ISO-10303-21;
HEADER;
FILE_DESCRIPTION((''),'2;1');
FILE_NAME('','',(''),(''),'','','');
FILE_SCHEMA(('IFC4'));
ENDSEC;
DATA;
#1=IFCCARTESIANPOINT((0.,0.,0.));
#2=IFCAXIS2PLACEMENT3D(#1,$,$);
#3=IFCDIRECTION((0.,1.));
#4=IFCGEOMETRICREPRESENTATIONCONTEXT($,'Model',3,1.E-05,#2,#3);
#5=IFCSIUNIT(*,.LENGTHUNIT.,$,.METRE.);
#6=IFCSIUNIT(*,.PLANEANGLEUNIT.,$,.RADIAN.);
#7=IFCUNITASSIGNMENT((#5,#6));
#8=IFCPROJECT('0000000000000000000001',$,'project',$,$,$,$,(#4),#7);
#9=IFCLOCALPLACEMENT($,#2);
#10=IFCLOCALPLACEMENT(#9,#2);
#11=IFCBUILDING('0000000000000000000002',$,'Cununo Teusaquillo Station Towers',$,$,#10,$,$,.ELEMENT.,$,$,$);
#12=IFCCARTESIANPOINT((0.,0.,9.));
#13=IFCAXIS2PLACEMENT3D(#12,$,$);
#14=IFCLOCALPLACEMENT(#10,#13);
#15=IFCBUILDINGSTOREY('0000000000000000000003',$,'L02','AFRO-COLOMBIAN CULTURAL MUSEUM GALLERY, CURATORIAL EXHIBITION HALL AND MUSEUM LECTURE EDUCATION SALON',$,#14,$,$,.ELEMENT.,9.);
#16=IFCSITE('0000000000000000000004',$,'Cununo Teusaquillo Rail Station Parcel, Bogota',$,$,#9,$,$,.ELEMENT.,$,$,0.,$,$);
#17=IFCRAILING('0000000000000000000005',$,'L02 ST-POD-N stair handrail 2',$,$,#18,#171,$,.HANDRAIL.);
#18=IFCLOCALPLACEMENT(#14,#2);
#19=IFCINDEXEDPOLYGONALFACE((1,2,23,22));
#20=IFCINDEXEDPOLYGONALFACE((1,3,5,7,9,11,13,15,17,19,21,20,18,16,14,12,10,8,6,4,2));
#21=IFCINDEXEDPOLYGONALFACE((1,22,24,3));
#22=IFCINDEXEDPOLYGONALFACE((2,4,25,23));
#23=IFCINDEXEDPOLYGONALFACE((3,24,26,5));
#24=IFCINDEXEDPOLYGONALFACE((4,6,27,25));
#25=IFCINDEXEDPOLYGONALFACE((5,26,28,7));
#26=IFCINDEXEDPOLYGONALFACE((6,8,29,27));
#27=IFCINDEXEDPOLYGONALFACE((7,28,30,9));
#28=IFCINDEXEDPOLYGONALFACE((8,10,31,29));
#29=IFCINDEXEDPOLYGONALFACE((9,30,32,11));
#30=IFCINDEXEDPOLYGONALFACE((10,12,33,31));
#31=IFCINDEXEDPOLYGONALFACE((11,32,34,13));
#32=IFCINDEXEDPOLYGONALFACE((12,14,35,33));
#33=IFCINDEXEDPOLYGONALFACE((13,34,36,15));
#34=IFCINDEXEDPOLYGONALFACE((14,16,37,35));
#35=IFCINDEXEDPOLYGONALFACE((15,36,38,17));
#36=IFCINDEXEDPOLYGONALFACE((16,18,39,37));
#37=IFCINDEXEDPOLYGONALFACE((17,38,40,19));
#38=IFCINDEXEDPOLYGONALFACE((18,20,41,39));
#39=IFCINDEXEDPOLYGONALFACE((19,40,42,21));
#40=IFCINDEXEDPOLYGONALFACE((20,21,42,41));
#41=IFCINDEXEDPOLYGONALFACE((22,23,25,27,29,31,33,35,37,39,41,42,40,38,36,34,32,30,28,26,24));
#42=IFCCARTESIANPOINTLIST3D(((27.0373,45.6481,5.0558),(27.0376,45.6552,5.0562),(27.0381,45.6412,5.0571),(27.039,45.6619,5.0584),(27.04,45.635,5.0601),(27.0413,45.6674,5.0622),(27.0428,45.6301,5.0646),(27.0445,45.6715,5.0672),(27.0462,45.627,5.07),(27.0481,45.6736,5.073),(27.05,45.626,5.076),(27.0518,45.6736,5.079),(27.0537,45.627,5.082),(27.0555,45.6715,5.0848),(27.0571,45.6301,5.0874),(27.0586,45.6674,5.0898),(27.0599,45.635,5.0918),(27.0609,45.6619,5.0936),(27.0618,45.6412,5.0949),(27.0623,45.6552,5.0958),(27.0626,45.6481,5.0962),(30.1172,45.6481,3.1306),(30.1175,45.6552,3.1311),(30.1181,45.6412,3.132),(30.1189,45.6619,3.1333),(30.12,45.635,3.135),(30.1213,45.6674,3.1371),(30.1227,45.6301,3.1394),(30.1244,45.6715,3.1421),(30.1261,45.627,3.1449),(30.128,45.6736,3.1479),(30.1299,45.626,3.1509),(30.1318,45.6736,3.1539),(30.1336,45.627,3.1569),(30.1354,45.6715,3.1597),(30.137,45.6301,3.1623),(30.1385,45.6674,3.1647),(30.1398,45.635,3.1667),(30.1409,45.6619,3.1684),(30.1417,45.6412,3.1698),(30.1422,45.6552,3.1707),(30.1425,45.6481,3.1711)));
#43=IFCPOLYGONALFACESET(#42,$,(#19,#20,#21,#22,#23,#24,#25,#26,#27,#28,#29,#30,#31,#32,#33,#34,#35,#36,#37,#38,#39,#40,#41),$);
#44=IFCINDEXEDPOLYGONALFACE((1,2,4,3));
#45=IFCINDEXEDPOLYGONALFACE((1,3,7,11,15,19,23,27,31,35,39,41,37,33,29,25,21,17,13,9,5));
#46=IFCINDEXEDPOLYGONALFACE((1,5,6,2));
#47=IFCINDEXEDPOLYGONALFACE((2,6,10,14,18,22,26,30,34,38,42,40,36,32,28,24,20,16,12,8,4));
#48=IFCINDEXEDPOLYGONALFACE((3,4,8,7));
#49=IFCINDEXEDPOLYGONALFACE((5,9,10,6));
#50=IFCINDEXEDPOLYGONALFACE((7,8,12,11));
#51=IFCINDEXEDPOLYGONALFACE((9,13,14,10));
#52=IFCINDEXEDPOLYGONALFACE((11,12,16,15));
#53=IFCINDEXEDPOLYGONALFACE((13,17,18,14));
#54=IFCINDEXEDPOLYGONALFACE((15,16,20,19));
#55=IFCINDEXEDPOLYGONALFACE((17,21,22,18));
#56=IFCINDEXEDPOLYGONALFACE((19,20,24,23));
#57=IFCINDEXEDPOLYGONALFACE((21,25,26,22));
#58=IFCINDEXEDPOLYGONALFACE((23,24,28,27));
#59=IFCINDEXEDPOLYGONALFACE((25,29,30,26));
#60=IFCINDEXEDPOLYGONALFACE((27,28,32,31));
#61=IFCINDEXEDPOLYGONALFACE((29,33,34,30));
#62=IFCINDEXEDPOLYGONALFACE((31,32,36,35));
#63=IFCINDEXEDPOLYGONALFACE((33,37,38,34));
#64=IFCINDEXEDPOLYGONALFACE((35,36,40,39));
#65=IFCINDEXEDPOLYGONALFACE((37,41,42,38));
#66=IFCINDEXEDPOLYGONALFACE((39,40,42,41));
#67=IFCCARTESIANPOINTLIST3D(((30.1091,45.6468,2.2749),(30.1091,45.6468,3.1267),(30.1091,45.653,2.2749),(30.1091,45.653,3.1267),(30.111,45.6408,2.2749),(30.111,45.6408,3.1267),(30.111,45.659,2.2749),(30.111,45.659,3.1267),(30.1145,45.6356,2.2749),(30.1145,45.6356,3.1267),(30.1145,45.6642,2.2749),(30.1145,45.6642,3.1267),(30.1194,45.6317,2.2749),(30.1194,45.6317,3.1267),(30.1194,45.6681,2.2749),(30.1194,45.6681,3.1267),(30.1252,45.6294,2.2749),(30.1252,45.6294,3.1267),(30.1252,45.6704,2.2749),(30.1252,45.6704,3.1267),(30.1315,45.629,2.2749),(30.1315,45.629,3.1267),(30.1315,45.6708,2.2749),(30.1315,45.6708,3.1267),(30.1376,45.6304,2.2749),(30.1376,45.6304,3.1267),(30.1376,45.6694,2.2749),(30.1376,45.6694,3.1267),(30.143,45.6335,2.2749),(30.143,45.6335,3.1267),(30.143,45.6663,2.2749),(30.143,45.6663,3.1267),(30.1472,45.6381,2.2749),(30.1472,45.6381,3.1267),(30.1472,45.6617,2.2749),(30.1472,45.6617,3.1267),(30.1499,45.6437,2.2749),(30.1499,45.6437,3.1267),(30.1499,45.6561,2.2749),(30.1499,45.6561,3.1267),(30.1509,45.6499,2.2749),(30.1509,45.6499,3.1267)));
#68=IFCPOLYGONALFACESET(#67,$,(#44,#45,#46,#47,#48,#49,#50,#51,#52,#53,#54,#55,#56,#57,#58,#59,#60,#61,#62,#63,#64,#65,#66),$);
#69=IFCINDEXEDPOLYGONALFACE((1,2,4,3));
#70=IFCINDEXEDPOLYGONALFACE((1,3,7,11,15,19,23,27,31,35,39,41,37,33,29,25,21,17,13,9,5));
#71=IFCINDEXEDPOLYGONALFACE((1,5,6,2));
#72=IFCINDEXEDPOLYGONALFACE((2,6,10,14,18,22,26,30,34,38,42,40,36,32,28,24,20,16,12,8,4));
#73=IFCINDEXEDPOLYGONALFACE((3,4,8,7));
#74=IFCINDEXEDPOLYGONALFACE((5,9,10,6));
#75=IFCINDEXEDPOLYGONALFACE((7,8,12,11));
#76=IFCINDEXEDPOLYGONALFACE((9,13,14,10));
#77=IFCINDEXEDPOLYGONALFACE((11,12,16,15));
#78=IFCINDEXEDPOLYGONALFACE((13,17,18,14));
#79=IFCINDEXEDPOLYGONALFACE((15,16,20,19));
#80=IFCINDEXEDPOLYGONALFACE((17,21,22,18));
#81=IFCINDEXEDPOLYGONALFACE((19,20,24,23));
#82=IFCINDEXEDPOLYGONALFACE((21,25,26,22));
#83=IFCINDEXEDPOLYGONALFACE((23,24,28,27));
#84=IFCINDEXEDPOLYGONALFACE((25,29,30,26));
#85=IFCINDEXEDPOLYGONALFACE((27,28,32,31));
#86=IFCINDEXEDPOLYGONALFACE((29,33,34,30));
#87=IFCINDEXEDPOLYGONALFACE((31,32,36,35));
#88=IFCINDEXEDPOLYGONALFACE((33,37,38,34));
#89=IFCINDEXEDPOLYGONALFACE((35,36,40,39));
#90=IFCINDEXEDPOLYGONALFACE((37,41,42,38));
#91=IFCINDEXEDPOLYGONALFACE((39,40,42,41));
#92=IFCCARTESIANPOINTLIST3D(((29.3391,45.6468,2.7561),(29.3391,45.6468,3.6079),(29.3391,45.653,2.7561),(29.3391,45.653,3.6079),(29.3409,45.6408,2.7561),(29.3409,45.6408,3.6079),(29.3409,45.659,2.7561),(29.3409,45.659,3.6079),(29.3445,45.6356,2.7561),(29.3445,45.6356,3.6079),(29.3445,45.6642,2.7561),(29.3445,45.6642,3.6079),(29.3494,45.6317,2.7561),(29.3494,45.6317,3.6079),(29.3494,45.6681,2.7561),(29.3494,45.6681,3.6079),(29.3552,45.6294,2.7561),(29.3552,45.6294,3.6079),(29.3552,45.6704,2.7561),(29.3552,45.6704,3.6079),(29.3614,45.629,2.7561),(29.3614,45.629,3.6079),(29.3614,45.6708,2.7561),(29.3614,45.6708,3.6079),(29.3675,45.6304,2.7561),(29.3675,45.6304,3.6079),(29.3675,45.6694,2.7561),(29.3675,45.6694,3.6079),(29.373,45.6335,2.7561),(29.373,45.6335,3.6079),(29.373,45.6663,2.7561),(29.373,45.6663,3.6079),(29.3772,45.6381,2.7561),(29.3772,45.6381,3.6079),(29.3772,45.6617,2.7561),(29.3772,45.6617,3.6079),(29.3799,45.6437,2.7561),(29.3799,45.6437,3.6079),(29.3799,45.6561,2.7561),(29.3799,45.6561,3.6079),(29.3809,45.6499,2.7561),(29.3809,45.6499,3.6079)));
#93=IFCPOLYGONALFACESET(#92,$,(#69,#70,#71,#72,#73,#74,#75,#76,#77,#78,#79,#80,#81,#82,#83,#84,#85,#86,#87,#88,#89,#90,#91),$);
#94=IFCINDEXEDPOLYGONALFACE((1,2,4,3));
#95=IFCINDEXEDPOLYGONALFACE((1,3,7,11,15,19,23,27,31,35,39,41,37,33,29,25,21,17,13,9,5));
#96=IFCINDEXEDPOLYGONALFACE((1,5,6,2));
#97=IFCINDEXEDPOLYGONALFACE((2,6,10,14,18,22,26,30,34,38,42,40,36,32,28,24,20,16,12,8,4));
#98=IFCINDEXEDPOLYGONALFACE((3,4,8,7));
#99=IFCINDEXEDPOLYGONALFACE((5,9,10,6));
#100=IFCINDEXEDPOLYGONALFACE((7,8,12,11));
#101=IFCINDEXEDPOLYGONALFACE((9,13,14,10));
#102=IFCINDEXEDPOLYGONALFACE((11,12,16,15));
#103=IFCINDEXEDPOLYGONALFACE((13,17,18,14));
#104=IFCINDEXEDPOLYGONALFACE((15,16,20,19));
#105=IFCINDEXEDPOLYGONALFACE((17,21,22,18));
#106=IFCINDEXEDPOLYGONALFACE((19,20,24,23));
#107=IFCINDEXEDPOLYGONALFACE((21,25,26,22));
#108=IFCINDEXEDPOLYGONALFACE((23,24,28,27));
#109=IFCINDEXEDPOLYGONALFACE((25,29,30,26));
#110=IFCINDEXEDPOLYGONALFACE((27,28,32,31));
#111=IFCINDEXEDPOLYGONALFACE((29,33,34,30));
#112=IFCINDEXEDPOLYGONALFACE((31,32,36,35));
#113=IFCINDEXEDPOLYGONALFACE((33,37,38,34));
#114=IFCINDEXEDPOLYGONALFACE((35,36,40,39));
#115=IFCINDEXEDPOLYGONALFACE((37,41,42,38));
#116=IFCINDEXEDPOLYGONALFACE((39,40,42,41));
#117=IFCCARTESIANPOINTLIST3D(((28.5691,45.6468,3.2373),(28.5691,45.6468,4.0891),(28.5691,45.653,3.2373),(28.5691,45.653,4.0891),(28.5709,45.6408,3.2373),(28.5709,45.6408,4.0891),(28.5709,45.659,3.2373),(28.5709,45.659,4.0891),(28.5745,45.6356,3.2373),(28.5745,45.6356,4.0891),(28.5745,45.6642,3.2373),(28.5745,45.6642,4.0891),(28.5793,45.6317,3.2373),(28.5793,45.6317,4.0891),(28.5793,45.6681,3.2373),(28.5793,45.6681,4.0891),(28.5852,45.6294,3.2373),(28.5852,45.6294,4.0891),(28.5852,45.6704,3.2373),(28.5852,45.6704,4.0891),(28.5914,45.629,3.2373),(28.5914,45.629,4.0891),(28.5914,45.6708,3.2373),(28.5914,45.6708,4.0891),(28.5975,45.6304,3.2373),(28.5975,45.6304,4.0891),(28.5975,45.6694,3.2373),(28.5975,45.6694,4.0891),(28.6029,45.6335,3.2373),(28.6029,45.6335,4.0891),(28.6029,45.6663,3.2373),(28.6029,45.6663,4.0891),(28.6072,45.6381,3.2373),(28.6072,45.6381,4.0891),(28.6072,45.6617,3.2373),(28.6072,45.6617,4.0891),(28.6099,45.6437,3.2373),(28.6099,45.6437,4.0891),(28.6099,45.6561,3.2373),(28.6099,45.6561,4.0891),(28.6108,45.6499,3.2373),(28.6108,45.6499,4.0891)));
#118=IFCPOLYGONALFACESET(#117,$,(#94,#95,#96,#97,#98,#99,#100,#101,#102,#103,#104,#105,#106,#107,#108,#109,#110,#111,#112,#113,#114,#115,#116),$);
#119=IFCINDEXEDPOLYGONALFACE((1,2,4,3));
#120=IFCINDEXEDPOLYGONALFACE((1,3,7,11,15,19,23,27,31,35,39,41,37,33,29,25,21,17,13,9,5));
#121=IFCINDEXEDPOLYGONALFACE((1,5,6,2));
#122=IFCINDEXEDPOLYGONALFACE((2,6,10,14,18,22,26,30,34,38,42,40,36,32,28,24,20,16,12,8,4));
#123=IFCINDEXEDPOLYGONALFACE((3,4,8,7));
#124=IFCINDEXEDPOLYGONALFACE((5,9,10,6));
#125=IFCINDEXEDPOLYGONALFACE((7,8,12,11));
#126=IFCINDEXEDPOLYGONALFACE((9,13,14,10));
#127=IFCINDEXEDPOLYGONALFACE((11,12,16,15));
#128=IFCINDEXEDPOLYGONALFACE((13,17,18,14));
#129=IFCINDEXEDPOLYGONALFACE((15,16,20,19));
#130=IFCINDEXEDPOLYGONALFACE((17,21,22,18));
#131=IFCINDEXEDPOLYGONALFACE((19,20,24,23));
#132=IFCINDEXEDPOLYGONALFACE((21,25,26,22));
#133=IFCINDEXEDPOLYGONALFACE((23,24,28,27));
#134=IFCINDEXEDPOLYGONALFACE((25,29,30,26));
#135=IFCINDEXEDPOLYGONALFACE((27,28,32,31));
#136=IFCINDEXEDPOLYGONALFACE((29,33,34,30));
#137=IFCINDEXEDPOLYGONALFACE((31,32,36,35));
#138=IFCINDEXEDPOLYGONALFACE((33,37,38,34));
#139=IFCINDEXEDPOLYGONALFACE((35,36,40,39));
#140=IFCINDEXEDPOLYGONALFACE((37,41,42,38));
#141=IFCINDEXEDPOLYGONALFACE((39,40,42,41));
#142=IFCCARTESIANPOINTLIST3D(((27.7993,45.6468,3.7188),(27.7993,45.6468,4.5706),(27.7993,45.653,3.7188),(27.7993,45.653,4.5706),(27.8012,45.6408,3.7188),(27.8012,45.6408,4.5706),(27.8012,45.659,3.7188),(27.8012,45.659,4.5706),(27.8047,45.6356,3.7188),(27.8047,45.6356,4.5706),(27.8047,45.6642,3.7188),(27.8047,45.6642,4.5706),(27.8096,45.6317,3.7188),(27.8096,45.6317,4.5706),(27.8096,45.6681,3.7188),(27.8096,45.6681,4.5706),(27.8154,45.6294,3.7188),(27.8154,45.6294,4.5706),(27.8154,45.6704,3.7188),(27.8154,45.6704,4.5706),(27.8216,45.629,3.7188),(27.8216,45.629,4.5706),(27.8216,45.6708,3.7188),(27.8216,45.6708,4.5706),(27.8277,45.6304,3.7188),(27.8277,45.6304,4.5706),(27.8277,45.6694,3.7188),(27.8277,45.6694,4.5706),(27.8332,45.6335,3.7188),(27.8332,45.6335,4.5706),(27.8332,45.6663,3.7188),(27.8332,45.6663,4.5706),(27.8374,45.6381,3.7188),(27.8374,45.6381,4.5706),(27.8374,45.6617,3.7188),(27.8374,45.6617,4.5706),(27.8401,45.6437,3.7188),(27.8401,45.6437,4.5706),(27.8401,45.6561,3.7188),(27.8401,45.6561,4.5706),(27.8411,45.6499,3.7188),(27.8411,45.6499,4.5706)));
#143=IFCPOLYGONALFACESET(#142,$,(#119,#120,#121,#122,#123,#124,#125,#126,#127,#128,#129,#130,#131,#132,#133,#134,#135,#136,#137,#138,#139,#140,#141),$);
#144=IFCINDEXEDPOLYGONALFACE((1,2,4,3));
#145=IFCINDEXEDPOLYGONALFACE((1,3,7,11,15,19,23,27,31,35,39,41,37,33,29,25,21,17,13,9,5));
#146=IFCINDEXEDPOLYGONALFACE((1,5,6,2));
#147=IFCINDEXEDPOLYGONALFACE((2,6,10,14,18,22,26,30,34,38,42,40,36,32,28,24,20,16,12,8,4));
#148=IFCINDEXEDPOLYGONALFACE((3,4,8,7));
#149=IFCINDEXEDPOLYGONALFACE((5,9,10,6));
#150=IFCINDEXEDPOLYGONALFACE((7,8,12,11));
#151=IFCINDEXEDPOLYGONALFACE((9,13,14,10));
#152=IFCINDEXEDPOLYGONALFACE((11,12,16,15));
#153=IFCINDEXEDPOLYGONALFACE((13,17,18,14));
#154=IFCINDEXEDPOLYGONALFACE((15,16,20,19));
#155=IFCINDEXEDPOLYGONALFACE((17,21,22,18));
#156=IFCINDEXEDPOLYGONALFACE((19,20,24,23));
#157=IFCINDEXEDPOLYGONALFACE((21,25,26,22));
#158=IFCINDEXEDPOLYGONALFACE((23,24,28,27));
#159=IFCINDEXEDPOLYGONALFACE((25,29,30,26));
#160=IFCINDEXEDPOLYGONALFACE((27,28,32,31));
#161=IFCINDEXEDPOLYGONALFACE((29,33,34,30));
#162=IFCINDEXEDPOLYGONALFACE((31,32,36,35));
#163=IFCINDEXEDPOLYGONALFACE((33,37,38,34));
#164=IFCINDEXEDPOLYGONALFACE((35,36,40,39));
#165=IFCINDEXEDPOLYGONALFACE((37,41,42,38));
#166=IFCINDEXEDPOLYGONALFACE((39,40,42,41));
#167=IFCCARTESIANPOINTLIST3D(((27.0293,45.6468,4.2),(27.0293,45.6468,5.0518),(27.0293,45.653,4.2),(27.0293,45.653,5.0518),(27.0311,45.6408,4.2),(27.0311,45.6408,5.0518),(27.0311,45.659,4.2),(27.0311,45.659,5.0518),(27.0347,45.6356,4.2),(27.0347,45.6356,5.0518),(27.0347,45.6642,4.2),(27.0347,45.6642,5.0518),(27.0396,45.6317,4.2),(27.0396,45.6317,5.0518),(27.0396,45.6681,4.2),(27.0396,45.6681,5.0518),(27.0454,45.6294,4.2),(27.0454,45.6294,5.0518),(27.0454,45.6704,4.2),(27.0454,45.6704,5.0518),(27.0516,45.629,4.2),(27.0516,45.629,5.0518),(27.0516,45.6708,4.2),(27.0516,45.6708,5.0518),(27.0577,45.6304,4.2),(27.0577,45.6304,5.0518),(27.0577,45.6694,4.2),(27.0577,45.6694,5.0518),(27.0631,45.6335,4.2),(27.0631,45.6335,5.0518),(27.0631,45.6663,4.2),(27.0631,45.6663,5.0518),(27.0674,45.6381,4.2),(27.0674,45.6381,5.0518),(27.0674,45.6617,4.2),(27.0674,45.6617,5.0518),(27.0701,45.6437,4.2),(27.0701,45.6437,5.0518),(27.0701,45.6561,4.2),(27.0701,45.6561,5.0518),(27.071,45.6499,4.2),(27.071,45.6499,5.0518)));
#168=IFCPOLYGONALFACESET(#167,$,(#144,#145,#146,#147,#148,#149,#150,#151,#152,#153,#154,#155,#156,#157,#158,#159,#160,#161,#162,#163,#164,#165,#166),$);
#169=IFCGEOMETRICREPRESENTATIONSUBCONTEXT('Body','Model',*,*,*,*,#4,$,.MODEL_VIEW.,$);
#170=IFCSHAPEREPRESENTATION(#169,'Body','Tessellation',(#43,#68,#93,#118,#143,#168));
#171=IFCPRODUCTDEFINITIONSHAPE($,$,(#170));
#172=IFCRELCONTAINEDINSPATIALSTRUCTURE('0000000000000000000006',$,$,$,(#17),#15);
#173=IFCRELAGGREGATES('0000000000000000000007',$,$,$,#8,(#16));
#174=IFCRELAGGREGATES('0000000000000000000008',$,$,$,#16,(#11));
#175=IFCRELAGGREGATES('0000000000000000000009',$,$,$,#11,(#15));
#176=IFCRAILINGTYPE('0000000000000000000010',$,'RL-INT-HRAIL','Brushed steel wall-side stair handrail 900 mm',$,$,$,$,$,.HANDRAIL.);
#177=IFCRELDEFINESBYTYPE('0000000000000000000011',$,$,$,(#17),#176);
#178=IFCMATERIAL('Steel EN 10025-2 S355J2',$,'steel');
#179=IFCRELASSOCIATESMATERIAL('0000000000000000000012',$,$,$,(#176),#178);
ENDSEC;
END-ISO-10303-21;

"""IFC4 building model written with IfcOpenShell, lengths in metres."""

from ifc_helpers import new_model, si_unit, direction, frame, origin, origin_2d, place, context, subcontext, project, spatial, circle, extrude, material, type_object, element, save


model = new_model("IFC4")

# Units and contexts
model_context = context("Model", 3, precision=1e-05, world=origin(), true_north=direction((0.0, 1.0)))
body_context = subcontext(model_context, "Body", "Model", "MODEL_VIEW")
ifc_project = project(units=[si_unit("LENGTHUNIT", "METRE"), si_unit("PLANEANGLEUNIT", "RADIAN")], contexts=[model_context])

# Site, building, storey
site_placement = place(None, origin())
site = spatial("IfcSite", under=ifc_project, at=site_placement, Name="Cununo Teusaquillo Rail Station Parcel, Bogota", CompositionType="ELEMENT", RefElevation=0.0)
building_placement = place(site_placement, origin())
building = spatial("IfcBuilding", under=site, at=building_placement, Name="Cununo Teusaquillo Station Towers", CompositionType="ELEMENT")
storey_placement = place(building_placement, frame((0.0, 0.0, 9.0)))
storey = spatial("IfcBuildingStorey", under=building, at=storey_placement, Name="L02", Description="AFRO-COLOMBIAN CULTURAL MUSEUM GALLERY, CURATORIAL EXHIBITION HALL AND MUSEUM LECTURE EDUCATION SALON", CompositionType="ELEMENT", Elevation=9.0)

# Railing
ifc_material_1 = material(Name="Steel EN 10025-2 S355J2", Category="steel")
railing_type_1 = type_object("IfcRailingType", Name="RL-INT-HRAIL", Description="Brushed steel wall-side stair handrail 900 mm", PredefinedType="HANDRAIL", material=ifc_material_1)
railing_1_placement = place(storey_placement, frame((30.1299, 45.6499, 2.2749)))
element("IfcRailing", 1, at=railing_1_placement, inside=storey, type_object=railing_type_1, Name="L02 ST-POD-N stair handrail 2", PredefinedType="HANDRAIL", context=body_context, shape_type="SweptSolid", body=[
    extrude(circle(Radius=0.0239, at=origin_2d()), frame((0.0, 0.0, 0.876), z_axis=(-0.847979, 0.0, 0.530029), x_axis=(0.0, -1.0, 0.0)), (0.0, 0.0, 1.0), 3.6321),
    extrude(circle(Radius=0.021, at=origin_2d()), origin(), (0.0, 0.0, 1.0), 0.8518),
    extrude(circle(Radius=0.021, at=origin_2d()), frame((-0.77, 0.0, 0.4812)), (0.0, 0.0, 1.0), 0.8518),
    extrude(circle(Radius=0.021, at=origin_2d()), frame((-1.54, 0.0, 0.9624)), (0.0, 0.0, 1.0), 0.8518),
    extrude(circle(Radius=0.021, at=origin_2d()), frame((-2.3098, 0.0, 1.4438)), (0.0, 0.0, 1.0), 0.8518),
    extrude(circle(Radius=0.021, at=origin_2d()), frame((-3.0798, 0.0, 1.925)), (0.0, 0.0, 1.0), 0.8518),
])

save(model, "model.ifc")
